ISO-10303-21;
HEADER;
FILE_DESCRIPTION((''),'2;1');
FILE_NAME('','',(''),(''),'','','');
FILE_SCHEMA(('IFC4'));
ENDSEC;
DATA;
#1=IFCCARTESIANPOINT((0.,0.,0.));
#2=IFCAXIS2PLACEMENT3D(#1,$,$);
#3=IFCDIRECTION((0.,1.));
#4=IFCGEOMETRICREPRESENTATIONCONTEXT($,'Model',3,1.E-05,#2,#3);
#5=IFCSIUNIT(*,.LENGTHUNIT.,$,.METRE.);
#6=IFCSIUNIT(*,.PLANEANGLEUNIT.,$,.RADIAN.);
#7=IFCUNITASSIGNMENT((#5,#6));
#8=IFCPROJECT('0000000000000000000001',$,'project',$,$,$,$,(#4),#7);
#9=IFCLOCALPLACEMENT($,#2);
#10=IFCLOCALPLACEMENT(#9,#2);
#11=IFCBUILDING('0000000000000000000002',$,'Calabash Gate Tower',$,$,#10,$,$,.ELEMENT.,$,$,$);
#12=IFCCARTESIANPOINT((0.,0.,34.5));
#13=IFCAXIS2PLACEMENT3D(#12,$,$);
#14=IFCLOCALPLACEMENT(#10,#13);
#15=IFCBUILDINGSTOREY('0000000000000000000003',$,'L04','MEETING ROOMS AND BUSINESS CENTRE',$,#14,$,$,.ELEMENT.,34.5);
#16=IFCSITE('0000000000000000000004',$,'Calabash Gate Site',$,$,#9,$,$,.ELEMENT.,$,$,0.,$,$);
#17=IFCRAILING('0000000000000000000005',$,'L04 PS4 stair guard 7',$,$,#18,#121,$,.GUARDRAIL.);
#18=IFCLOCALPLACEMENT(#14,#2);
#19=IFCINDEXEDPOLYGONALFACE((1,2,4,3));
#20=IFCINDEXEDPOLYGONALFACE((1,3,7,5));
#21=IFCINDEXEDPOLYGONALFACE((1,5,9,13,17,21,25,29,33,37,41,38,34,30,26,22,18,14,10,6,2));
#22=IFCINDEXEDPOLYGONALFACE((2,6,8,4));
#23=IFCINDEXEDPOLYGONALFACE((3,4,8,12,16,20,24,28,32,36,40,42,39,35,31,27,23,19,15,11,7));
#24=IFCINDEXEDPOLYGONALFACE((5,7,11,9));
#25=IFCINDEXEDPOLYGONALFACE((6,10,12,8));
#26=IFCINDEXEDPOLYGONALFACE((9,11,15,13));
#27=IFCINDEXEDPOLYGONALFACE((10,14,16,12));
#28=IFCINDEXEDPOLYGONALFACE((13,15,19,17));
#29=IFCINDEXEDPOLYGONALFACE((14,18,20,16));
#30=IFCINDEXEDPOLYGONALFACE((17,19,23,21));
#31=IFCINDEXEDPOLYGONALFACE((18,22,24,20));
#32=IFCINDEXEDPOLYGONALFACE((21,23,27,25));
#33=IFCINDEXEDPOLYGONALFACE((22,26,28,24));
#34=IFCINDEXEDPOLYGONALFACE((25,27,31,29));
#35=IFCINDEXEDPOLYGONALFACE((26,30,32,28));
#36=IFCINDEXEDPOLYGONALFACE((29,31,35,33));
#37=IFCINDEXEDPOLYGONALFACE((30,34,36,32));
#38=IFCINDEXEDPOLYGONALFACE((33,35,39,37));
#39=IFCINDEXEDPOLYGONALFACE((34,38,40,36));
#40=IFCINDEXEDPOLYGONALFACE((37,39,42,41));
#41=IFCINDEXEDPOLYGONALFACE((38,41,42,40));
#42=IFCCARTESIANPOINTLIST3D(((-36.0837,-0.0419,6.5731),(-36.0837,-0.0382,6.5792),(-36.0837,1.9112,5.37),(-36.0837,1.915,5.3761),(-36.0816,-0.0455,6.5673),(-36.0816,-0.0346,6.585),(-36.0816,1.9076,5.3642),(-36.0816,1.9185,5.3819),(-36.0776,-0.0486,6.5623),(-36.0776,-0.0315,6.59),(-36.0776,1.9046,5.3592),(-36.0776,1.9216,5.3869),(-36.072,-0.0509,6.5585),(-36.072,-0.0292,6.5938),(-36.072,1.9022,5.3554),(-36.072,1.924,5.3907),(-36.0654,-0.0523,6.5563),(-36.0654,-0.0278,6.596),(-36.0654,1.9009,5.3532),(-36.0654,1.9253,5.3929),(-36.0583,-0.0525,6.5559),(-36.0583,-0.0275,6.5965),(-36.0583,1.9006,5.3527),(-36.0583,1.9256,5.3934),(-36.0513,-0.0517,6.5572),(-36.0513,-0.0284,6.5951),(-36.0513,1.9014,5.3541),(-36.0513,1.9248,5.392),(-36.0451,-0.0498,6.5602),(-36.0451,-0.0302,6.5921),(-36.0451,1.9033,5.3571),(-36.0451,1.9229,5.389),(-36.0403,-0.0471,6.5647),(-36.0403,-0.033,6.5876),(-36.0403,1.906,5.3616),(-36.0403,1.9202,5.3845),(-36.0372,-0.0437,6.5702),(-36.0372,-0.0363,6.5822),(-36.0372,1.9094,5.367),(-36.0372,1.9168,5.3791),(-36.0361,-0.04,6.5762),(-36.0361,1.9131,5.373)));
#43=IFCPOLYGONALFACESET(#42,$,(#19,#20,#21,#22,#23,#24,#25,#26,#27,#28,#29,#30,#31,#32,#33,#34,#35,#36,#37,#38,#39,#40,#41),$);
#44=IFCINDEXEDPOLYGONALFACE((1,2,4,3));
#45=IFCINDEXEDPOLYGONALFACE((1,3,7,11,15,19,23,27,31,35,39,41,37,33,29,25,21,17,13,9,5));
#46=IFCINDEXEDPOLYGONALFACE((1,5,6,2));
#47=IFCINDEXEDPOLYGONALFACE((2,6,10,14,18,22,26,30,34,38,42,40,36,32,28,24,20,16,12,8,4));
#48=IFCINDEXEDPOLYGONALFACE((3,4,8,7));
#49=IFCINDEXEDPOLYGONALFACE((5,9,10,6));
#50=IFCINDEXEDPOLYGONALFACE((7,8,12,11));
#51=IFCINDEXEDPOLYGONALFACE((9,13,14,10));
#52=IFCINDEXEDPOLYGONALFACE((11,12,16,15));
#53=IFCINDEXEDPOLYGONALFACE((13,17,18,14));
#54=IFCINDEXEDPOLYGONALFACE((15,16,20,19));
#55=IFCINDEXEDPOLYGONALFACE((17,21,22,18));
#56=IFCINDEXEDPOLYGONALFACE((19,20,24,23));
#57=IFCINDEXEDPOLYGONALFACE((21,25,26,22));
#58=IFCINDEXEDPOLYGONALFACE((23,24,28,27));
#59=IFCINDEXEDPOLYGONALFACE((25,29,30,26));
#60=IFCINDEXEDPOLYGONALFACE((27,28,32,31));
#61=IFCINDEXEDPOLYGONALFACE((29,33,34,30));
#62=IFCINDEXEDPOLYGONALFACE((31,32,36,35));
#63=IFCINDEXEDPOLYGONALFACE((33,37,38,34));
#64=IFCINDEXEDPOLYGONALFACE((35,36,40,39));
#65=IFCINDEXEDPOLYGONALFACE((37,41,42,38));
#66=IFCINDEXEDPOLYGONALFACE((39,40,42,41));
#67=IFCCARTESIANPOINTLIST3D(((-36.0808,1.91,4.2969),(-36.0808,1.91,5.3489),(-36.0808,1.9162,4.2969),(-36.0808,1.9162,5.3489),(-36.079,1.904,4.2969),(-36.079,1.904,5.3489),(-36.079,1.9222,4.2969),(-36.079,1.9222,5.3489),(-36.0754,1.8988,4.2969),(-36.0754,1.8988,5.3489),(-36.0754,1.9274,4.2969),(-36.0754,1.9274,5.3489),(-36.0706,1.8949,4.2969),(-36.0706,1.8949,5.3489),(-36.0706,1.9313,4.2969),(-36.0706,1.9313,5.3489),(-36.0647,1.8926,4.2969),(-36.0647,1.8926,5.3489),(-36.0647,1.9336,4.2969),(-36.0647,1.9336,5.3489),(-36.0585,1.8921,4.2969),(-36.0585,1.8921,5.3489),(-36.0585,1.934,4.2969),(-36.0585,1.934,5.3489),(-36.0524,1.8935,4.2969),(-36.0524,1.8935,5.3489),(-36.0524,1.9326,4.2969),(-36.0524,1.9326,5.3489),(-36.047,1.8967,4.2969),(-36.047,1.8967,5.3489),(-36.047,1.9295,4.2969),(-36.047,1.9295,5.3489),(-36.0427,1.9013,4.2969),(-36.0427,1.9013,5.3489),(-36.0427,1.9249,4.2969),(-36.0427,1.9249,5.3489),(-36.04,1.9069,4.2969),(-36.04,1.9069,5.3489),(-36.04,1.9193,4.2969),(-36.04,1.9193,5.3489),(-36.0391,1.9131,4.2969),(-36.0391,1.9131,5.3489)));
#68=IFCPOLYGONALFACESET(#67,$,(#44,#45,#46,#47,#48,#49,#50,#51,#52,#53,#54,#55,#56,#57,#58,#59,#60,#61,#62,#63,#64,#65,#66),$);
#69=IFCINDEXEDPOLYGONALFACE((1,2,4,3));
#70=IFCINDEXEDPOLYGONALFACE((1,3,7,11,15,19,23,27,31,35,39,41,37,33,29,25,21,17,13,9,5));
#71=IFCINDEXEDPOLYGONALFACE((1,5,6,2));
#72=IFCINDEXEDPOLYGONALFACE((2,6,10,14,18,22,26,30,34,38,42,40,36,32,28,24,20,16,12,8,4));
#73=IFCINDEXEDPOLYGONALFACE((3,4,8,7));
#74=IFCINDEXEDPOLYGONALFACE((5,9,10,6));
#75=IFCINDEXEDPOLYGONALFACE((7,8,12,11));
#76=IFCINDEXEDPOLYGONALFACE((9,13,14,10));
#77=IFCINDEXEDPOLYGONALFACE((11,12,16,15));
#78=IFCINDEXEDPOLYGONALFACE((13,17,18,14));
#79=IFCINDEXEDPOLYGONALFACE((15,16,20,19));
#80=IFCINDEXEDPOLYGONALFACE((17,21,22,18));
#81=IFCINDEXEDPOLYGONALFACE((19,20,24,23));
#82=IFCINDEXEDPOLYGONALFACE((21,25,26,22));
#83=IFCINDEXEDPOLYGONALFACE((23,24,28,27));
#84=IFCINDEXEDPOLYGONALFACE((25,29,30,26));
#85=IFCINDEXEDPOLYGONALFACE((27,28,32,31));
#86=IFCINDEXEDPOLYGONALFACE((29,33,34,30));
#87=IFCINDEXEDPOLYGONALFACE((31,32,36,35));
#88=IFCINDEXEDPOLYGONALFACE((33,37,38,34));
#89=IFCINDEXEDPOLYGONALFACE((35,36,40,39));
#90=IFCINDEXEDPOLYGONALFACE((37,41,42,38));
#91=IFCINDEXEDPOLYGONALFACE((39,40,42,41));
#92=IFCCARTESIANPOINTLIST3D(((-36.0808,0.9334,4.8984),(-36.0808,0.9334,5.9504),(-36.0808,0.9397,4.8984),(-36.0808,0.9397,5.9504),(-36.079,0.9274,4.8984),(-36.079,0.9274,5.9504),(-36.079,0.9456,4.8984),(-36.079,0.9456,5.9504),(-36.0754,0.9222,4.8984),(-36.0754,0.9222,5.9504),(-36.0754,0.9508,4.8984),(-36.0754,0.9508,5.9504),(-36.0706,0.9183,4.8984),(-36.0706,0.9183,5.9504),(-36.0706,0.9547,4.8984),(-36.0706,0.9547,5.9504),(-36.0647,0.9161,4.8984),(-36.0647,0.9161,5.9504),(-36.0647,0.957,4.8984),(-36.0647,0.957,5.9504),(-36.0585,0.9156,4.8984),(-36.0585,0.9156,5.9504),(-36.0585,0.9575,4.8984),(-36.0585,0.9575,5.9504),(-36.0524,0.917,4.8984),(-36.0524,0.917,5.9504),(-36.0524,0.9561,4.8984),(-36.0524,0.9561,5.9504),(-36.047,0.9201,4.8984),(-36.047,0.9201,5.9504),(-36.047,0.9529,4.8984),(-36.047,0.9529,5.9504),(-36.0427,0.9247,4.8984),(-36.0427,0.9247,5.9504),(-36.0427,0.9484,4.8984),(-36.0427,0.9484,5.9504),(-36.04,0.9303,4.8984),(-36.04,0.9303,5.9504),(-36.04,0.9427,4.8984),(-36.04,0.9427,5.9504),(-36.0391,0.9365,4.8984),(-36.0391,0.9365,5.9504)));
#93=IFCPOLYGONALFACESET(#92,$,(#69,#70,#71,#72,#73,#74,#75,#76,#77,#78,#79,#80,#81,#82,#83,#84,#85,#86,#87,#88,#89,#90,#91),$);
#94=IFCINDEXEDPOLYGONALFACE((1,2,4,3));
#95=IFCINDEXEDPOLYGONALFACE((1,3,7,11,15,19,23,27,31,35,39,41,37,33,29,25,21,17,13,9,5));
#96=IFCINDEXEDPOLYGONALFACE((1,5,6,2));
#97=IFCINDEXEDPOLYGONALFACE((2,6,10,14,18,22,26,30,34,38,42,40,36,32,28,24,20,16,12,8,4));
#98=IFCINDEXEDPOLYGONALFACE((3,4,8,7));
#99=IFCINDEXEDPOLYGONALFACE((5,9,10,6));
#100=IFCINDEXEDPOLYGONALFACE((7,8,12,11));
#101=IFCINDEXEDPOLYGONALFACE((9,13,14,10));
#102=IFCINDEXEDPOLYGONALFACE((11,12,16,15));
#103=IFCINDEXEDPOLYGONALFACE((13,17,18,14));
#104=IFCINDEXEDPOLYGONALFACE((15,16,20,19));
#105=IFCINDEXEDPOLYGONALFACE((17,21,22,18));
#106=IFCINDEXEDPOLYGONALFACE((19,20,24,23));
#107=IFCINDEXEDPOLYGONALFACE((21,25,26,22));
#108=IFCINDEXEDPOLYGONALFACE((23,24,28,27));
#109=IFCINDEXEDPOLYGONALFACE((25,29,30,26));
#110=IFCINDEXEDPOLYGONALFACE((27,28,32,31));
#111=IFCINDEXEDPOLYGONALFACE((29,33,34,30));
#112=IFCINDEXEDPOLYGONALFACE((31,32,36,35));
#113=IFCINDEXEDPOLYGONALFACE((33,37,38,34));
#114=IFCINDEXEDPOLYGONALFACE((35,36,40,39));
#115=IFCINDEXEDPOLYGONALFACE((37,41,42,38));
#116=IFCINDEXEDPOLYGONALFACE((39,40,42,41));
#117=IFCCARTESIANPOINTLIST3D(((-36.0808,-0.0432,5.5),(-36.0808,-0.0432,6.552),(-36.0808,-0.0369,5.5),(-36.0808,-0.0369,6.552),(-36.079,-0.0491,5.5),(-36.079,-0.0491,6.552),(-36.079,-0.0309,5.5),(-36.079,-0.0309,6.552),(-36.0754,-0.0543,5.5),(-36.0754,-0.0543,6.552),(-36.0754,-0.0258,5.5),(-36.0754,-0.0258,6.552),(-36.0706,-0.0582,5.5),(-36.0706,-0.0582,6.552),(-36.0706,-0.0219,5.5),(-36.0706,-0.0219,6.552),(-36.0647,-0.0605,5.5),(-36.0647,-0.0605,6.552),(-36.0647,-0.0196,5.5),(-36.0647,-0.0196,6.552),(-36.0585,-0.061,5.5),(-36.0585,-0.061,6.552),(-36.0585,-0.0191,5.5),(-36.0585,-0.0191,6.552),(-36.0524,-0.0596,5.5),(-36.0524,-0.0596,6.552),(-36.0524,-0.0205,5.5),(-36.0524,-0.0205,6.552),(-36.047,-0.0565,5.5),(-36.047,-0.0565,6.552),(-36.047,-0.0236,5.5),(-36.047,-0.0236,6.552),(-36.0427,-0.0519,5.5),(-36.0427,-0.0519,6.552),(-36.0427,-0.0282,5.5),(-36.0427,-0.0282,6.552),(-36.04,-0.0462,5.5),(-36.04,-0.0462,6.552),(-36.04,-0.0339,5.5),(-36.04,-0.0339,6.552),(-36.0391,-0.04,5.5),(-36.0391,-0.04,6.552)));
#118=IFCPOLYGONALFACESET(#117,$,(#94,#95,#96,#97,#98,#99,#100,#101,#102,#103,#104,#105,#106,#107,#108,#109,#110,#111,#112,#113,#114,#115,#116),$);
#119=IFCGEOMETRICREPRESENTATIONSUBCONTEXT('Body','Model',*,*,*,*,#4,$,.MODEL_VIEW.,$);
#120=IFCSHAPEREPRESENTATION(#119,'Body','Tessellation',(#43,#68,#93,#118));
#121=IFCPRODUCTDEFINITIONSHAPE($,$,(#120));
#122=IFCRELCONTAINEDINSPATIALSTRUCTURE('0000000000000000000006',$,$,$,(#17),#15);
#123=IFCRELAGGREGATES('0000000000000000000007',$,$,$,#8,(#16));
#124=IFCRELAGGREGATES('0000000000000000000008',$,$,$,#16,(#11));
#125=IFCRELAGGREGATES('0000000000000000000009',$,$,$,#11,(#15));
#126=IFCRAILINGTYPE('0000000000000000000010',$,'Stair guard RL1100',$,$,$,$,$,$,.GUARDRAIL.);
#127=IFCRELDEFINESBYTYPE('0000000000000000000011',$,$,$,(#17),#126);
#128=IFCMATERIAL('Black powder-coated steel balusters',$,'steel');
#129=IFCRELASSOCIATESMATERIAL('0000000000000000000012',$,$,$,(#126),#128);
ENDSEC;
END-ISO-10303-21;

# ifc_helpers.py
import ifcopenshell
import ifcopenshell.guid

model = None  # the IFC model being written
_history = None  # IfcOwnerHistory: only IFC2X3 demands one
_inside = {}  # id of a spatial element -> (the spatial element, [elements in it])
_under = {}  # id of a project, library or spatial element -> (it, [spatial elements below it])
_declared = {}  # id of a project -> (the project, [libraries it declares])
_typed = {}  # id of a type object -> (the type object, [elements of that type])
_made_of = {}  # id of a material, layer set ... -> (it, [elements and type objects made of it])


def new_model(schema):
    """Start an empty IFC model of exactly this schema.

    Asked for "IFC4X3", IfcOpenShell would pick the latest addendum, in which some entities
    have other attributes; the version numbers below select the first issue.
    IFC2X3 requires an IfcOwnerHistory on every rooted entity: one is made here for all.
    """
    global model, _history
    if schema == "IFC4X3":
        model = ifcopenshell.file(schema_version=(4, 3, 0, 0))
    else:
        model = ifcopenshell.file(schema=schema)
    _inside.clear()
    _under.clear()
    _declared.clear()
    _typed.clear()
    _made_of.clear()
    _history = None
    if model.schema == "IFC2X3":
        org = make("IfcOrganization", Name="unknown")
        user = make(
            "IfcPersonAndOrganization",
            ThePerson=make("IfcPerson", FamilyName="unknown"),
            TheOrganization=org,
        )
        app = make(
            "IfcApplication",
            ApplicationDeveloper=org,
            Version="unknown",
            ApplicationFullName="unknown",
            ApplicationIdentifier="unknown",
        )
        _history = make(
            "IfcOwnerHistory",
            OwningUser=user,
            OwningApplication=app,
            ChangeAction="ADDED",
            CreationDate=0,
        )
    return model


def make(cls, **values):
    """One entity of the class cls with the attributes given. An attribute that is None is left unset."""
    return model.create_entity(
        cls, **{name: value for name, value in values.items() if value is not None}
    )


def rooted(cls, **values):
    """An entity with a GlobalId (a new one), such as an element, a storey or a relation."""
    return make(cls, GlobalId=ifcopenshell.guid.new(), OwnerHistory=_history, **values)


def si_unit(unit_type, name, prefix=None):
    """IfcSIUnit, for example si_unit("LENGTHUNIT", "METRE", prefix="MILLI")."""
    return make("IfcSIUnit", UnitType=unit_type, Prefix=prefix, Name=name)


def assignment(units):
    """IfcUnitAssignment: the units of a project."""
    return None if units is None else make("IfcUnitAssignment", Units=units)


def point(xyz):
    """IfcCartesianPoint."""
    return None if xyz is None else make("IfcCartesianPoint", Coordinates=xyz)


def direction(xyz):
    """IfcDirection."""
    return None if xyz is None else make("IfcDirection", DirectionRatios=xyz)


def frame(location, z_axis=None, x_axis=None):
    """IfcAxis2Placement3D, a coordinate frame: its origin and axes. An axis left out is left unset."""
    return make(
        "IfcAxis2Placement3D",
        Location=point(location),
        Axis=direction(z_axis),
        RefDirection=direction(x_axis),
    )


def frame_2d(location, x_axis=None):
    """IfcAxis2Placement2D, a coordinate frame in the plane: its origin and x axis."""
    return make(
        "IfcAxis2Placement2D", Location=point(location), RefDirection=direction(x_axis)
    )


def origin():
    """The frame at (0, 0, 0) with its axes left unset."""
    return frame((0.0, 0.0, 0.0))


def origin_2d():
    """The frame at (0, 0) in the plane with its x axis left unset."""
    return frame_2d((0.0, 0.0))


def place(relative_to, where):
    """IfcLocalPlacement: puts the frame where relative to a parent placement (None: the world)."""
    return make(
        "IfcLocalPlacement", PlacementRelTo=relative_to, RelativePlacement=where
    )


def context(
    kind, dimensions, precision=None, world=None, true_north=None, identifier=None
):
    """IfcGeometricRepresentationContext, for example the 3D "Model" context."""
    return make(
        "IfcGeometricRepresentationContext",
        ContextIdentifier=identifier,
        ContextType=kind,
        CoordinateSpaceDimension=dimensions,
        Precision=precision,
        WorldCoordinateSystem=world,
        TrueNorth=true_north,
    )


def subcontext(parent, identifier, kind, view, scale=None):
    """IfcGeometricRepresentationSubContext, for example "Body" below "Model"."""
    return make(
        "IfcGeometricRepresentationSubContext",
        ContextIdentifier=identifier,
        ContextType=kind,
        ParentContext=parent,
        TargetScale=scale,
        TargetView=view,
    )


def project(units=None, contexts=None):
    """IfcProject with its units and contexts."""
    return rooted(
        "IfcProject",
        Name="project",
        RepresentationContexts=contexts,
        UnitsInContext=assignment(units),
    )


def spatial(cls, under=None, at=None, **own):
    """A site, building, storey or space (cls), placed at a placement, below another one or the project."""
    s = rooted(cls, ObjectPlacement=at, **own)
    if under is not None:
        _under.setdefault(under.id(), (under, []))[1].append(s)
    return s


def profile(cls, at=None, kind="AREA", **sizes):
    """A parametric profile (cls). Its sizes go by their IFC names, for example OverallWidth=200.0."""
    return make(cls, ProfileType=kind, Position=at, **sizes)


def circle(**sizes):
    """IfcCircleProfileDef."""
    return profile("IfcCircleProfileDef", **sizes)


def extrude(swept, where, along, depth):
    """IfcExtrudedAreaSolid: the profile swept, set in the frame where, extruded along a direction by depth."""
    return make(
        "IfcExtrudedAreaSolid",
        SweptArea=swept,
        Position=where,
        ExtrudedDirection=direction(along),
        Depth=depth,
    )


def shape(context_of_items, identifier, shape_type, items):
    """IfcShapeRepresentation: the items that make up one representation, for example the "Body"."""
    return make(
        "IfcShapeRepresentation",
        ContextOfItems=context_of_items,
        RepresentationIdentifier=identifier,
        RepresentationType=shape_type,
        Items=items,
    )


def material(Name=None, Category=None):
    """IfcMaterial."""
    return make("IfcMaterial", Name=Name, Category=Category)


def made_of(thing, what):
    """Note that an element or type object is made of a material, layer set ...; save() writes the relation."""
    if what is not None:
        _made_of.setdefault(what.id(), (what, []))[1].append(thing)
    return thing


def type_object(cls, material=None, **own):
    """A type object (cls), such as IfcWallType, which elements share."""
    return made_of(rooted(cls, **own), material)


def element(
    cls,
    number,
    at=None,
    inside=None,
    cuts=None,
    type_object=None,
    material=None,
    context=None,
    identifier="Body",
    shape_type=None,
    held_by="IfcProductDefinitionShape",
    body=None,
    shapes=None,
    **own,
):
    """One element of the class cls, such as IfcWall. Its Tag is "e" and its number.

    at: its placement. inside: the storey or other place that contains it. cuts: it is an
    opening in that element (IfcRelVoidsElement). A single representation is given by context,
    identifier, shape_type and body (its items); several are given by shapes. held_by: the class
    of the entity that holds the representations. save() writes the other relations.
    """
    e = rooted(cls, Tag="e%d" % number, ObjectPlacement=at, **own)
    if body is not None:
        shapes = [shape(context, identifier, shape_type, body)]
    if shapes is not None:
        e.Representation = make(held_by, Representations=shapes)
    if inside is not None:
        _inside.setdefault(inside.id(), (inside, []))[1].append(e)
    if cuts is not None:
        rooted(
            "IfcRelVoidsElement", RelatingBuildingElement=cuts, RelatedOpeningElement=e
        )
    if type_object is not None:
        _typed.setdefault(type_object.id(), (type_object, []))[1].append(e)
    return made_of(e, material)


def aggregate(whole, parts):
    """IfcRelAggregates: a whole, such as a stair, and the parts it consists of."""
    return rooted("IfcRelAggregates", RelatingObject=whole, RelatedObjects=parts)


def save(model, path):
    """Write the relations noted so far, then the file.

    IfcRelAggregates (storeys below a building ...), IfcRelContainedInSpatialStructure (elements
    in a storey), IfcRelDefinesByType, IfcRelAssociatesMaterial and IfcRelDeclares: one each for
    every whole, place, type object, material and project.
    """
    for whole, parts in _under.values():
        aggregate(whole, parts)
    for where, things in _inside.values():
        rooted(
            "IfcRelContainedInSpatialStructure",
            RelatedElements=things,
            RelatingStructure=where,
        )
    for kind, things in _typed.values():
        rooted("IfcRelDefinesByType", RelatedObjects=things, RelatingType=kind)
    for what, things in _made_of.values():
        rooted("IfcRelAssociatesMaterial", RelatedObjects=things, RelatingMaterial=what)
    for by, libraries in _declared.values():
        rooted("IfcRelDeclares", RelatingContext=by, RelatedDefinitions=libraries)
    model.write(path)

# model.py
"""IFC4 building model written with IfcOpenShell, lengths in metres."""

from ifc_helpers import new_model, si_unit, direction, frame, origin, origin_2d, place, context, subcontext, project, spatial, circle, extrude, material, type_object, element, save


model = new_model("IFC4")

# Units and contexts
model_context = context("Model", 3, precision=1e-05, world=origin(), true_north=direction((0.0, 1.0)))
body_context = subcontext(model_context, "Body", "Model", "MODEL_VIEW")
ifc_project = project(units=[si_unit("LENGTHUNIT", "METRE"), si_unit("PLANEANGLEUNIT", "RADIAN")], contexts=[model_context])

# Site, building, storey
site_placement = place(None, origin())
site = spatial("IfcSite", under=ifc_project, at=site_placement, Name="Calabash Gate Site", CompositionType="ELEMENT", RefElevation=0.0)
building_placement = place(site_placement, origin())
building = spatial("IfcBuilding", under=site, at=building_placement, Name="Calabash Gate Tower", CompositionType="ELEMENT")
storey_placement = place(building_placement, frame((0.0, 0.0, 34.5)))
storey = spatial("IfcBuildingStorey", under=building, at=storey_placement, Name="L04", Description="MEETING ROOMS AND BUSINESS CENTRE", CompositionType="ELEMENT", Elevation=34.5)

# Railing
ifc_material_1 = material(Name="Black powder-coated steel balusters", Category="steel")
railing_type_1 = type_object("IfcRailingType", Name="Stair guard RL1100", PredefinedType="GUARDRAIL", material=ifc_material_1)
for number, where, name in (
    (1, (-36.0601, 1.9131, 4.2969), "L04 PS4 stair guard 7"),
):
    element("IfcRailing", number, at=place(storey_placement, frame(where)), inside=storey, type_object=railing_type_1, Name=name, PredefinedType="GUARDRAIL", context=body_context, shape_type="SweptSolid", body=[
        extrude(circle(Radius=0.0239, at=origin_2d()), frame((0.0, 0.0, 1.0762), z_axis=(0.0, -0.851424, 0.524477), x_axis=(1.0, 0.0, 0.0)), (0.0, 0.0, 1.0), 2.2939),
        extrude(circle(Radius=0.021, at=origin_2d()), origin(), (0.0, 0.0, 1.0), 1.052),
        extrude(circle(Radius=0.021, at=origin_2d()), frame((0.0, -0.9766, 0.6016)), (0.0, 0.0, 1.0), 1.052),
        extrude(circle(Radius=0.021, at=origin_2d()), frame((0.0, -1.9531, 1.2031)), (0.0, 0.0, 1.0), 1.052),
    ])

save(model, "model.ifc")
